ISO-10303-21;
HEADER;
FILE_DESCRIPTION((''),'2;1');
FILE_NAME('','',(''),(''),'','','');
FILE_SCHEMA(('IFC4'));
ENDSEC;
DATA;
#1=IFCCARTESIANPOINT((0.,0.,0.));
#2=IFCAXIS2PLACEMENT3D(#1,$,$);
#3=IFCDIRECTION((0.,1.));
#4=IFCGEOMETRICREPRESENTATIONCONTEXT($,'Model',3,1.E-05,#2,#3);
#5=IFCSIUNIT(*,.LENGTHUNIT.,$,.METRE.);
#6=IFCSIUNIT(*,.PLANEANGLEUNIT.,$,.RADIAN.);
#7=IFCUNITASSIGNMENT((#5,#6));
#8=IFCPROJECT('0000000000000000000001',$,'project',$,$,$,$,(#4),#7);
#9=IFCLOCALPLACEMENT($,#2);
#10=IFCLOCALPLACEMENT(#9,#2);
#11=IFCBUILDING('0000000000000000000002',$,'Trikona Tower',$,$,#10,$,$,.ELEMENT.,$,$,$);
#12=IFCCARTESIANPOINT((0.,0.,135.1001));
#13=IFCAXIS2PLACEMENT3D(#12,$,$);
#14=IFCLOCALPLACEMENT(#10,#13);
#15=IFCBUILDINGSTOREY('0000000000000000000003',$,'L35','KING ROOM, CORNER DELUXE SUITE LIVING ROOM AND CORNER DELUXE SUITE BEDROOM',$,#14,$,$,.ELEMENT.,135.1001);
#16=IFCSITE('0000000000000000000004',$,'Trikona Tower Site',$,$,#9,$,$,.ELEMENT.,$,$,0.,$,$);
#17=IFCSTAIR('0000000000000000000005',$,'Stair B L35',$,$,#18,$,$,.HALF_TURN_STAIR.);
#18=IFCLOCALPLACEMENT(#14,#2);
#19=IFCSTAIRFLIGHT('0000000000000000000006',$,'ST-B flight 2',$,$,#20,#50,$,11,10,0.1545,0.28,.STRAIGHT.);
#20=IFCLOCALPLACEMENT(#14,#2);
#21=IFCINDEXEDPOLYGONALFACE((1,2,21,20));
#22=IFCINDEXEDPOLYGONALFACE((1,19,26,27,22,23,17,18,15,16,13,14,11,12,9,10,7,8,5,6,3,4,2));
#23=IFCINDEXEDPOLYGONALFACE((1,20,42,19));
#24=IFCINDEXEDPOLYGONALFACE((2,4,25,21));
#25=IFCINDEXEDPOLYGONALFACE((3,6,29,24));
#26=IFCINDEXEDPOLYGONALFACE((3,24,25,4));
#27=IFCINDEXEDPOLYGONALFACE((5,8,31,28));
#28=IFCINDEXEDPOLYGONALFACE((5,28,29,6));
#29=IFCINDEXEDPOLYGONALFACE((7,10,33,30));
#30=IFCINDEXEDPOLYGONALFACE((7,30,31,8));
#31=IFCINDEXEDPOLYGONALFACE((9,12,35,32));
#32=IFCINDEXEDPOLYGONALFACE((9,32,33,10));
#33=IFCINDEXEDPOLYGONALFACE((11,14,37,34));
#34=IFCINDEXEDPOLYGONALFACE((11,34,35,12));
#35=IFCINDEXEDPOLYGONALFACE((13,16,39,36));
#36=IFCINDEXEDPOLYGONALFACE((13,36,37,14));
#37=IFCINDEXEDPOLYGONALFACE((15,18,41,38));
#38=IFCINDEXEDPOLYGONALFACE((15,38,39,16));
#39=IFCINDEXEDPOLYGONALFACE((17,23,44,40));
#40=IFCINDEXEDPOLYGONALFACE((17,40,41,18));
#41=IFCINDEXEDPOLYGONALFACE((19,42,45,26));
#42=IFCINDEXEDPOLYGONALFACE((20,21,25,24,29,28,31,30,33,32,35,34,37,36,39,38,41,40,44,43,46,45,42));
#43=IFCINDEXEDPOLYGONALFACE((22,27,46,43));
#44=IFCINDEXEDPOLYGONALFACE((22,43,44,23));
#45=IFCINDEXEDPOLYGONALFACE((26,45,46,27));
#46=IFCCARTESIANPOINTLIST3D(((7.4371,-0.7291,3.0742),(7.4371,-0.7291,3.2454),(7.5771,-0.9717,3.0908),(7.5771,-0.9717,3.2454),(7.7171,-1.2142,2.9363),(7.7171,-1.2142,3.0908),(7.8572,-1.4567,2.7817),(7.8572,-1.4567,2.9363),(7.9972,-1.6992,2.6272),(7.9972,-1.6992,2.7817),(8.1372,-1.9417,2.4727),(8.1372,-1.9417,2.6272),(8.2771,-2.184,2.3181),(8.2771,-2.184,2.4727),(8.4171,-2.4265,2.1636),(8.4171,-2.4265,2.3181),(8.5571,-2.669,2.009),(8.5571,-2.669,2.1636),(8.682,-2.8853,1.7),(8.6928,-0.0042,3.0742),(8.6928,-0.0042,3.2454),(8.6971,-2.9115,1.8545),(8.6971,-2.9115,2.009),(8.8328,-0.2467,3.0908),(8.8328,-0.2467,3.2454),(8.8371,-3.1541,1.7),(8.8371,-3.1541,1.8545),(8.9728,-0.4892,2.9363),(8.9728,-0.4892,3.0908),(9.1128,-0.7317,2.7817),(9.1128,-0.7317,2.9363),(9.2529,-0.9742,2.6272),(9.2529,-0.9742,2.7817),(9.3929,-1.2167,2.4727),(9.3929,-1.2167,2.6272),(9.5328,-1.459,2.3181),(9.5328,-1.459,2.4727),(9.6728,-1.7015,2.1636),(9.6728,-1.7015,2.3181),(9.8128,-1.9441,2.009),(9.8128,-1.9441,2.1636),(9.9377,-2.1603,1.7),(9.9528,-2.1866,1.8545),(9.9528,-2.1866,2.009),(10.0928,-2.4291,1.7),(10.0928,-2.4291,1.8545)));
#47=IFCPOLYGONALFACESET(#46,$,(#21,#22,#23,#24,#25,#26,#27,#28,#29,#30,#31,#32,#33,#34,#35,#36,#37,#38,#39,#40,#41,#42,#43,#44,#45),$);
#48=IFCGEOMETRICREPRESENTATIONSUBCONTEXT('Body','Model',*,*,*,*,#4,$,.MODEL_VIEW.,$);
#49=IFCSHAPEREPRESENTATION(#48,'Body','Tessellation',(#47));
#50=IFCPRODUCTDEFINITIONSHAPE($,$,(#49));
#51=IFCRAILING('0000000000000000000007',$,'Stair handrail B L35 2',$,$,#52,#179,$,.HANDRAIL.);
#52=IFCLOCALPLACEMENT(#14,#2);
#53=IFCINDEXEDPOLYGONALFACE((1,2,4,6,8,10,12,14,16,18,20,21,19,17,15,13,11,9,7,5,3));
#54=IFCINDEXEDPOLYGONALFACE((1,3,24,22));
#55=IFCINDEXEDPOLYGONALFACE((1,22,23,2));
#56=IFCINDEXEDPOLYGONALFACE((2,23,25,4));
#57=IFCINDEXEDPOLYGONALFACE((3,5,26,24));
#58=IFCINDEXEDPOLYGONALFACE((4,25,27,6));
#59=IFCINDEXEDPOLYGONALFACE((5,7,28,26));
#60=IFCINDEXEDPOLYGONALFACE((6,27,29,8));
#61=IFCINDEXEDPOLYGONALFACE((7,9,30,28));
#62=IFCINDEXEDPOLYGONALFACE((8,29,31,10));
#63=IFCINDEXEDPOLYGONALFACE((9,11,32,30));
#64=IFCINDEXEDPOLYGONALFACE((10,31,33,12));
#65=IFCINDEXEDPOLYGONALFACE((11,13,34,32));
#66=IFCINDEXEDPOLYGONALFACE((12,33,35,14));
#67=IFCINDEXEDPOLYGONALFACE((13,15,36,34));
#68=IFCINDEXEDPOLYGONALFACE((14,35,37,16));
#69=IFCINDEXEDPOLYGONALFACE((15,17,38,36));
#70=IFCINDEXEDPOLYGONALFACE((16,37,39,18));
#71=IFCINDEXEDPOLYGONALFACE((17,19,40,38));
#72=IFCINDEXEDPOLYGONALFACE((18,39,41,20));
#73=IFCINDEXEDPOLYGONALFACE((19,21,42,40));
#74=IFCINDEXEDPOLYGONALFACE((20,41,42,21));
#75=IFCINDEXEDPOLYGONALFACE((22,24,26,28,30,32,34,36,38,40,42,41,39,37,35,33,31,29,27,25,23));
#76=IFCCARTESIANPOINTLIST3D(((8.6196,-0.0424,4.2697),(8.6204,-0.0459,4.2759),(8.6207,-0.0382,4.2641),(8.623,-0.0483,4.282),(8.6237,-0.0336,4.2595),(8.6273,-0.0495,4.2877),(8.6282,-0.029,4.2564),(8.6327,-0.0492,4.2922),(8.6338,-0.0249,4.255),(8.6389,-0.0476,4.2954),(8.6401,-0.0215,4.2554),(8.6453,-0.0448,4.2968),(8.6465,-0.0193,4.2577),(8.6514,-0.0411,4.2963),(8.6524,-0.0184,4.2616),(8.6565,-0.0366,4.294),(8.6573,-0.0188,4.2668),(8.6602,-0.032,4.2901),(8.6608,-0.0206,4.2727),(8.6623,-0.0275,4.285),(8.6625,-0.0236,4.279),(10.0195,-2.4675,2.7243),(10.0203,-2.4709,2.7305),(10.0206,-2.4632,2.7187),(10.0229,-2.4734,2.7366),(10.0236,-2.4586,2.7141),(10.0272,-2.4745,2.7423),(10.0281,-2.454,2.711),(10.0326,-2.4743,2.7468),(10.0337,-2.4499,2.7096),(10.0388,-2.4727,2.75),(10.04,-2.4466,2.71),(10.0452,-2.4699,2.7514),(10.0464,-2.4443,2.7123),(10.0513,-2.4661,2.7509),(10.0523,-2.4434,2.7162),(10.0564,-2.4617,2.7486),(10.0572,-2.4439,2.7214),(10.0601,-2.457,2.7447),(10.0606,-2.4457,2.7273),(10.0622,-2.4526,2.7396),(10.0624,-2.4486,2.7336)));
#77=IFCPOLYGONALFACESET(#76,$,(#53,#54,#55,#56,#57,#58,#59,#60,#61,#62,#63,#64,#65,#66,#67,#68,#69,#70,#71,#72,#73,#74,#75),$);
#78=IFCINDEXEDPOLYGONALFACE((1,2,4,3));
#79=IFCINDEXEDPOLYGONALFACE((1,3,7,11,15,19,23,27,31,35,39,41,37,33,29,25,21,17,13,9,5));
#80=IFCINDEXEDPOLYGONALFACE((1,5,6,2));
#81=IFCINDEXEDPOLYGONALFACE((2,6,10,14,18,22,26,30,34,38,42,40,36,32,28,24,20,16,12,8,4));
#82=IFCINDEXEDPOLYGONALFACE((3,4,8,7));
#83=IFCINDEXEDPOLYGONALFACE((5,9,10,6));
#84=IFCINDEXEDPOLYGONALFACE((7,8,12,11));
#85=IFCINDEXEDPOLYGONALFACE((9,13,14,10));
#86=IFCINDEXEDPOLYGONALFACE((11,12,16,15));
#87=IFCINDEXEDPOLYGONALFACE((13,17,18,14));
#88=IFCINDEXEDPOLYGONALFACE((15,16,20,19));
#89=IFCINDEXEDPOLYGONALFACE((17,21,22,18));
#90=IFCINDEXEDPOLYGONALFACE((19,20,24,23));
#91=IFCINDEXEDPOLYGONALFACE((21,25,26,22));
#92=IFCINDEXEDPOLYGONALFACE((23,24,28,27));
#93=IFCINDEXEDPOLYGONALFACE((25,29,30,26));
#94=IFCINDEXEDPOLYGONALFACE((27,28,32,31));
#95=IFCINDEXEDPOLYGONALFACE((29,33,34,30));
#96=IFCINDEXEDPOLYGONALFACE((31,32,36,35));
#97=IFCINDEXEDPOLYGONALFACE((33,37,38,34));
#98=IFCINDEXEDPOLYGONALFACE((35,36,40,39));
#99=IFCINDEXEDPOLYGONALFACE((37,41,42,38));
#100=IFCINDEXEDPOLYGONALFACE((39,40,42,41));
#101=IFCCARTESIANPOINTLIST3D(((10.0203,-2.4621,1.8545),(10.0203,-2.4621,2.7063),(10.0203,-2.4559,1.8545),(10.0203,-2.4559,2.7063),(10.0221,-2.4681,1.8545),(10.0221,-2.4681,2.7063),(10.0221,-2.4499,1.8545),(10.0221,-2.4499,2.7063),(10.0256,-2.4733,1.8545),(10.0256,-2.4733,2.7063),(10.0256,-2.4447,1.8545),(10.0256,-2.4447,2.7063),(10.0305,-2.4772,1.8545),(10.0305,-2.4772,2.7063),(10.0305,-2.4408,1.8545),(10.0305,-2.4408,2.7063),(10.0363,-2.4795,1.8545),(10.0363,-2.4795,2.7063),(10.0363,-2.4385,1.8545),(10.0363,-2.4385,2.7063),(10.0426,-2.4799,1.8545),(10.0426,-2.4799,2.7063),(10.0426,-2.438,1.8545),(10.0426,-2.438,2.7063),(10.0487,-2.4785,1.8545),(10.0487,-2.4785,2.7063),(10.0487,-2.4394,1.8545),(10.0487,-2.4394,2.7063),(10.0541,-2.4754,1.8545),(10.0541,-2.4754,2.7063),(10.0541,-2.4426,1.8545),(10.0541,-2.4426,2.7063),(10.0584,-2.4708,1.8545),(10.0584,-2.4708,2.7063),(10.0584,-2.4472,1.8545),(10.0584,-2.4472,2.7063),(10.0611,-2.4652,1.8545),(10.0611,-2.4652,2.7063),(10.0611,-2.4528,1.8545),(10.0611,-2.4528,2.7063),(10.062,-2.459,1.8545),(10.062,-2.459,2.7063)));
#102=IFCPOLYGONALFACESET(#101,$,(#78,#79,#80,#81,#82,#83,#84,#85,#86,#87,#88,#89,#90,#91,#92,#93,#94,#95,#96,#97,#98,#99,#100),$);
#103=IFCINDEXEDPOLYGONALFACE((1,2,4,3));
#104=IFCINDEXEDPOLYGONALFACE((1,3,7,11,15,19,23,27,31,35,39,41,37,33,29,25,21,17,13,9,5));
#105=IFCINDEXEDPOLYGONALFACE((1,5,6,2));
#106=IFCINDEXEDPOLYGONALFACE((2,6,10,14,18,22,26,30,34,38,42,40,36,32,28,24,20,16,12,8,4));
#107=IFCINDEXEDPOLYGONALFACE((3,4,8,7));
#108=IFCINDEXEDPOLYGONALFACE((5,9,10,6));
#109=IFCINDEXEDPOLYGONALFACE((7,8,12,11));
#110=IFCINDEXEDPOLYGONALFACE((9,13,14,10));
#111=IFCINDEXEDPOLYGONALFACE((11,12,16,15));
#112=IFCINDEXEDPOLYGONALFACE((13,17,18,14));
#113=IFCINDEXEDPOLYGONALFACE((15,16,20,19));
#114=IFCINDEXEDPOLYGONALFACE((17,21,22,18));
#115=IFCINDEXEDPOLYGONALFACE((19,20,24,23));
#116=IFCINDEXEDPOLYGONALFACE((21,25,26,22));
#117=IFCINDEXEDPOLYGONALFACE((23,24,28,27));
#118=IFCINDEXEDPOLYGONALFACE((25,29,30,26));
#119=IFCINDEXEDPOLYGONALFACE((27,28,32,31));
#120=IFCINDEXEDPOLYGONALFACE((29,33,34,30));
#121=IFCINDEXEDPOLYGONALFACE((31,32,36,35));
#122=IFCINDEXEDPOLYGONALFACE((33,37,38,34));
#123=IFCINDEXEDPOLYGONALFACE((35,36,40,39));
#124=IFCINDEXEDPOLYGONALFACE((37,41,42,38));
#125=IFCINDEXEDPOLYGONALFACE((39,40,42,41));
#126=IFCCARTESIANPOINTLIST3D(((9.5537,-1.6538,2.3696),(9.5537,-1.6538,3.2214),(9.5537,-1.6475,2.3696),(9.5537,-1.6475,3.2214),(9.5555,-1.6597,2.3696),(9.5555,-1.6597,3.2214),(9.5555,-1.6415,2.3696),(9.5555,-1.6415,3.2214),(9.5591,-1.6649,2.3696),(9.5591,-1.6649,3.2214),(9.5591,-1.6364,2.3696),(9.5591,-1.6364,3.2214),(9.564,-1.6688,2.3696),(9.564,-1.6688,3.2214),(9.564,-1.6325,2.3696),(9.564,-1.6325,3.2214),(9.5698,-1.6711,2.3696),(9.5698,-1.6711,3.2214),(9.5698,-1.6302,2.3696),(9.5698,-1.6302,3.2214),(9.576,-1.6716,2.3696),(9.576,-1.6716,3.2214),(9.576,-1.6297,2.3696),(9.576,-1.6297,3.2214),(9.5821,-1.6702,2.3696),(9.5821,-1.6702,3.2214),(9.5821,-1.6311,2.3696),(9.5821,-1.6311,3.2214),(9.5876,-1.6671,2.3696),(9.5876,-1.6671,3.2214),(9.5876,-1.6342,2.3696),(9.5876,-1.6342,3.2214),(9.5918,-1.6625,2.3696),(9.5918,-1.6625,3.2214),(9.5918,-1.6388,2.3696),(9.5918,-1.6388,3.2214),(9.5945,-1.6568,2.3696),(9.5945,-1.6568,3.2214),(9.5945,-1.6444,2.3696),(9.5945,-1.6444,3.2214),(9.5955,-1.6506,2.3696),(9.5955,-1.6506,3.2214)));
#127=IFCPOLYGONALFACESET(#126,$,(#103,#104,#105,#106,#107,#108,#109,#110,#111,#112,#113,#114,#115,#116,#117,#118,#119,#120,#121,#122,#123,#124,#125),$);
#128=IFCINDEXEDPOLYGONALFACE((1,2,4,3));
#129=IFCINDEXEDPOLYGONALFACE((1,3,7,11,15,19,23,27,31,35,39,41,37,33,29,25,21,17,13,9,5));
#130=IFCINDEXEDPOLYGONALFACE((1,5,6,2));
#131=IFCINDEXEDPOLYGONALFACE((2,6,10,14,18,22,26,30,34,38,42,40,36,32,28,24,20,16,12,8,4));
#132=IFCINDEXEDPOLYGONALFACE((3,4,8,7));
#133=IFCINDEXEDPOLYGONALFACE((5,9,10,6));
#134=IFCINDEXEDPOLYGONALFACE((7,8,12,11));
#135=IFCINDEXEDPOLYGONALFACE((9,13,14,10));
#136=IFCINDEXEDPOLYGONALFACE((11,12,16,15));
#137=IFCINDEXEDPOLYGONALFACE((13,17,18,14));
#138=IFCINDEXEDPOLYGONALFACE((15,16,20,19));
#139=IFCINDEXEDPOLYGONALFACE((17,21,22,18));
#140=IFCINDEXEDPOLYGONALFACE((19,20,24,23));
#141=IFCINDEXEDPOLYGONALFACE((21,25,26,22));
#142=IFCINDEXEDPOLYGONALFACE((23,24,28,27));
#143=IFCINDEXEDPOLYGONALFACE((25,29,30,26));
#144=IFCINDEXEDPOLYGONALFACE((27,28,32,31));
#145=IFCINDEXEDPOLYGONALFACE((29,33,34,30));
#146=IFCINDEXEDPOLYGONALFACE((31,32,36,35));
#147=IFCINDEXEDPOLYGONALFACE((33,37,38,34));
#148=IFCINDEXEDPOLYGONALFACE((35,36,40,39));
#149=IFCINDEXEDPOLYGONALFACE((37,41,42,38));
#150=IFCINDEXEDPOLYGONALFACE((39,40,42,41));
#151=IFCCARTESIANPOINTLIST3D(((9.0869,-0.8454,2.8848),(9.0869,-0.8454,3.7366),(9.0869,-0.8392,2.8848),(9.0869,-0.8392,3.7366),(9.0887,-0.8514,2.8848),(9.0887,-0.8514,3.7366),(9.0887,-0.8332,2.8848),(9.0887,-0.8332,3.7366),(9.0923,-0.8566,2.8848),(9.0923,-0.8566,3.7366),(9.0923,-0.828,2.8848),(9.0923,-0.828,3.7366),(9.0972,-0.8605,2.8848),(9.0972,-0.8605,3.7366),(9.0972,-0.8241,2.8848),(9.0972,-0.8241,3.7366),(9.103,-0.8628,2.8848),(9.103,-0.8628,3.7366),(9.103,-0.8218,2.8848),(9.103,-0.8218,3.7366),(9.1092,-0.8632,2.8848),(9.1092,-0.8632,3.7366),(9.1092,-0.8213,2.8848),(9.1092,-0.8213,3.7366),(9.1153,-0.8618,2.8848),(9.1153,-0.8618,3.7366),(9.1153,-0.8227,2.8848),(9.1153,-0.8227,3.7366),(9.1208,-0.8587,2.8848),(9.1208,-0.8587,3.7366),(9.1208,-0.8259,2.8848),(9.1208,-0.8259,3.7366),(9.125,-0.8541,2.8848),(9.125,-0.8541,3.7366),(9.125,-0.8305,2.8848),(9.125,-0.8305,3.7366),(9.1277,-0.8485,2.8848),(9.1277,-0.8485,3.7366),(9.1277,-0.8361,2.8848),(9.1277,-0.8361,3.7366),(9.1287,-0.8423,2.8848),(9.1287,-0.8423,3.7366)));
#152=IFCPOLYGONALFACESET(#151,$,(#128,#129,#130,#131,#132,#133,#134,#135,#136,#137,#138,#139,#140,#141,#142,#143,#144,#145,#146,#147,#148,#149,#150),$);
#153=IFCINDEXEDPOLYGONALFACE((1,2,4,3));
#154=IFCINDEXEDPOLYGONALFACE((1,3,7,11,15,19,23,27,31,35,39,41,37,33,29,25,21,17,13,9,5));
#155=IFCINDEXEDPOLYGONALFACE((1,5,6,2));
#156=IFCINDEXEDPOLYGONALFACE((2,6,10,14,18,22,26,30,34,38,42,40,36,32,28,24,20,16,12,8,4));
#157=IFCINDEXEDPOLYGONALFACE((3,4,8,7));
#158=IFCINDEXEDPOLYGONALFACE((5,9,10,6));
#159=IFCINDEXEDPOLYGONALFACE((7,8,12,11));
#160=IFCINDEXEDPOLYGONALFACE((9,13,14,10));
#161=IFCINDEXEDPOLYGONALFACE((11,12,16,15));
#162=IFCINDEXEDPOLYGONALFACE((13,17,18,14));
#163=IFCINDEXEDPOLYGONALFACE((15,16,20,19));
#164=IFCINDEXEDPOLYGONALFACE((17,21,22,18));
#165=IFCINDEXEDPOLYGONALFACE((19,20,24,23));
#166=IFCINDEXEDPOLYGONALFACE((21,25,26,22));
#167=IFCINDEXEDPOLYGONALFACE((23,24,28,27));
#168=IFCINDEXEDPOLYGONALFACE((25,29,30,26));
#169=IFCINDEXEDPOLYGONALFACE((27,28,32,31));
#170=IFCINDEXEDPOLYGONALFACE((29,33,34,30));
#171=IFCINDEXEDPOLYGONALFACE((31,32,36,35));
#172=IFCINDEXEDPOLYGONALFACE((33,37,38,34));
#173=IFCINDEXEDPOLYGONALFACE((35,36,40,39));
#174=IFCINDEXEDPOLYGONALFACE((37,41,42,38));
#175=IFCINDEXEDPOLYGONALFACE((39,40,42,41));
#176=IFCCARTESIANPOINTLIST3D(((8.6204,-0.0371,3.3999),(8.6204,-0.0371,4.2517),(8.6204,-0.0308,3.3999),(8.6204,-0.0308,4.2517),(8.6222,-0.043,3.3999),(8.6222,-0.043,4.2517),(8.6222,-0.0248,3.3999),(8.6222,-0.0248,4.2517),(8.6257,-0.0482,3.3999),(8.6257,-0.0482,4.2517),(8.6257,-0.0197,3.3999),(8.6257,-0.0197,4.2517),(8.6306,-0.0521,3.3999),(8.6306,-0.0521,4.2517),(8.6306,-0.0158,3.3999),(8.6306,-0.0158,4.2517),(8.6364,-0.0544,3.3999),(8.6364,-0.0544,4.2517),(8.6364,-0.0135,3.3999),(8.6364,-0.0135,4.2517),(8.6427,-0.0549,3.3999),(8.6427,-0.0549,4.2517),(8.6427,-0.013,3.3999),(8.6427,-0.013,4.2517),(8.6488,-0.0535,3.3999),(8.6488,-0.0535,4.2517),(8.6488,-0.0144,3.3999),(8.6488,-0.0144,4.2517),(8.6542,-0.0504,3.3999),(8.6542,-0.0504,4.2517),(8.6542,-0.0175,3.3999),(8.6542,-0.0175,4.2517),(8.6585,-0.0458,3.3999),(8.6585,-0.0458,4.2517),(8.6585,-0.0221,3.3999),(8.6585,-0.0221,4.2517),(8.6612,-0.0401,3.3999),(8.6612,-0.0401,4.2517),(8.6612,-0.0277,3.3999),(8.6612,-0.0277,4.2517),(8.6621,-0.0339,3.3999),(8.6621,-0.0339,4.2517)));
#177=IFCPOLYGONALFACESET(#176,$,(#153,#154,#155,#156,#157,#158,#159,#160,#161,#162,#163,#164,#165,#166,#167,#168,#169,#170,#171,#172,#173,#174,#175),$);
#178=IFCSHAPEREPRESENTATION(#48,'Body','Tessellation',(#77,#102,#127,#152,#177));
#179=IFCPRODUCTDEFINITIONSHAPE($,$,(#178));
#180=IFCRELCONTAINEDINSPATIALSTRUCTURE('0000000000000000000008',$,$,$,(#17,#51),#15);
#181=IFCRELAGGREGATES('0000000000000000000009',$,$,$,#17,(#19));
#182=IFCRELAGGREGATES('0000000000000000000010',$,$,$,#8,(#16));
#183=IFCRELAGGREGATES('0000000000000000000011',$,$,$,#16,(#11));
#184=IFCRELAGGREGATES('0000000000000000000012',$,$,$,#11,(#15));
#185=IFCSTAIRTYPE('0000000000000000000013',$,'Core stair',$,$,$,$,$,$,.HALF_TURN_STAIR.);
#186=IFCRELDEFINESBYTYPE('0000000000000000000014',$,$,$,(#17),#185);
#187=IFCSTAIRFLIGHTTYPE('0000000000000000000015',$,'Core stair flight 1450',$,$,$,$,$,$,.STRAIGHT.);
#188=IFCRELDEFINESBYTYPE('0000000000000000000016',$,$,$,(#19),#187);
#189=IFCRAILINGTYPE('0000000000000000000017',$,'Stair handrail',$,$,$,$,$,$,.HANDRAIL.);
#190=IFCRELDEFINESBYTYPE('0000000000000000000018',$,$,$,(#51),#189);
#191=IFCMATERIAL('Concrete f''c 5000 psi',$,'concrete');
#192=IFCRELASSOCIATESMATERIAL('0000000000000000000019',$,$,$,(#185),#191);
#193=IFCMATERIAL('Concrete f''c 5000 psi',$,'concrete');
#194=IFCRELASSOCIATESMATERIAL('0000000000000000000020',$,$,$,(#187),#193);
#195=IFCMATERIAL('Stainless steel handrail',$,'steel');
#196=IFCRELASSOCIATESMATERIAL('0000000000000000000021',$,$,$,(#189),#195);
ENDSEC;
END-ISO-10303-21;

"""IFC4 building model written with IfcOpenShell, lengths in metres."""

from ifc_helpers import new_model, si_unit, direction, frame, origin, origin_2d, place, context, subcontext, project, spatial, polyline, circle, outline, extrude, material, type_object, element, aggregate, save


model = new_model("IFC4")

# Units and contexts
model_context = context("Model", 3, precision=1e-05, world=origin(), true_north=direction((0.0, 1.0)))
body_context = subcontext(model_context, "Body", "Model", "MODEL_VIEW")
ifc_project = project(units=[si_unit("LENGTHUNIT", "METRE"), si_unit("PLANEANGLEUNIT", "RADIAN")], contexts=[model_context])

# Site, building, storey
site_placement = place(None, origin())
site = spatial("IfcSite", under=ifc_project, at=site_placement, Name="Trikona Tower Site", CompositionType="ELEMENT", RefElevation=0.0)
building_placement = place(site_placement, origin())
building = spatial("IfcBuilding", under=site, at=building_placement, Name="Trikona Tower", CompositionType="ELEMENT")
storey_placement = place(building_placement, frame((0.0, 0.0, 135.1001)))
storey = spatial("IfcBuildingStorey", under=building, at=storey_placement, Name="L35", Description="KING ROOM, CORNER DELUXE SUITE LIVING ROOM AND CORNER DELUXE SUITE BEDROOM", CompositionType="ELEMENT", Elevation=135.1001)

# Stair, stair flight
ifc_material_1 = material(Name="Concrete f'c 5000 psi", Category="concrete")
stair_type = type_object("IfcStairType", Name="Core stair", PredefinedType="HALF_TURN_STAIR", material=ifc_material_1)
stair_placement = place(storey_placement, origin())
stair = element("IfcStair", 1, at=stair_placement, inside=storey, type_object=stair_type, Name="Stair B L35", PredefinedType="HALF_TURN_STAIR")
ifc_material_2 = material(Name="Concrete f'c 5000 psi", Category="concrete")
stair_flight_type = type_object("IfcStairFlightType", Name="Core stair flight 1450", PredefinedType="STRAIGHT", material=ifc_material_2)
stair_flight_placement = place(storey_placement, frame((9.4651, -2.7915, 1.7), z_axis=(0.0, 0.0, 1.0), x_axis=(-0.5, 0.866025, 0.0)))
stair_flight = element("IfcStairFlight", 2, at=stair_flight_placement, type_object=stair_flight_type, Name="ST-B flight 2", NumberOfRisers=11, NumberOfTreads=10, PredefinedType="STRAIGHT", RiserHeight=0.1545, TreadLength=0.28, context=body_context, shape_type="SweptSolid", body=[
    extrude(outline(polyline([(0.0, 0.0), (0.0, 0.1545), (0.28, 0.1545), (0.28, 0.3091), (0.5601, 0.3091), (0.5601, 0.4636), (0.8401, 0.4636), (0.8401, 0.6182), (1.1201, 0.6182), (1.1201, 0.7727), (1.3999, 0.7727), (1.3999, 0.9272), (1.6799, 0.9272), (1.6799, 1.0818), (1.96, 1.0818), (1.96, 1.2363), (2.24, 1.2363), (2.24, 1.3909), (2.52, 1.3909), (2.52, 1.5454), (2.8, 1.5454), (2.8, 1.7), (2.8, 1.3743), (0.3103, 0.0), (0.0, 0.0)])), frame((0.0, 0.7251, 0.0), z_axis=(0.0, -1.0, 0.0), x_axis=(1.0, 0.0, 0.0)), (0.0, 0.0, 1.0), 1.45),
])
aggregate(stair, [stair_flight])

# Railing
ifc_material_3 = material(Name="Stainless steel handrail", Category="steel")
railing_type = type_object("IfcRailingType", Name="Stair handrail", PredefinedType="HANDRAIL", material=ifc_material_3)
railing_placement = place(storey_placement, frame((10.041, -2.459, 1.8545)))
element("IfcRailing", 3, at=railing_placement, inside=storey, type_object=railing_type, Name="Stair handrail B L35 2", PredefinedType="HANDRAIL", context=body_context, shape_type="SweptSolid", body=[
    extrude(circle(Radius=0.0239, at=origin_2d()), frame((0.0, 0.0, 0.876), z_axis=(-0.437707, 0.75824, 0.483203), x_axis=(-0.866056, -0.499946, 0.0)), (0.0, 0.0, 1.0), 3.1982),
    extrude(circle(Radius=0.021, at=origin_2d()), origin(), (0.0, 0.0, 1.0), 0.8518),
    extrude(circle(Radius=0.021, at=origin_2d()), frame((-0.4666, 0.8083, 0.5151)), (0.0, 0.0, 1.0), 0.8518),
    extrude(circle(Radius=0.021, at=origin_2d()), frame((-0.9333, 1.6167, 1.0303)), (0.0, 0.0, 1.0), 0.8518),
    extrude(circle(Radius=0.021, at=origin_2d()), frame((-1.3999, 2.425, 1.5454)), (0.0, 0.0, 1.0), 0.8518),
])

save(model, "model.ifc")
